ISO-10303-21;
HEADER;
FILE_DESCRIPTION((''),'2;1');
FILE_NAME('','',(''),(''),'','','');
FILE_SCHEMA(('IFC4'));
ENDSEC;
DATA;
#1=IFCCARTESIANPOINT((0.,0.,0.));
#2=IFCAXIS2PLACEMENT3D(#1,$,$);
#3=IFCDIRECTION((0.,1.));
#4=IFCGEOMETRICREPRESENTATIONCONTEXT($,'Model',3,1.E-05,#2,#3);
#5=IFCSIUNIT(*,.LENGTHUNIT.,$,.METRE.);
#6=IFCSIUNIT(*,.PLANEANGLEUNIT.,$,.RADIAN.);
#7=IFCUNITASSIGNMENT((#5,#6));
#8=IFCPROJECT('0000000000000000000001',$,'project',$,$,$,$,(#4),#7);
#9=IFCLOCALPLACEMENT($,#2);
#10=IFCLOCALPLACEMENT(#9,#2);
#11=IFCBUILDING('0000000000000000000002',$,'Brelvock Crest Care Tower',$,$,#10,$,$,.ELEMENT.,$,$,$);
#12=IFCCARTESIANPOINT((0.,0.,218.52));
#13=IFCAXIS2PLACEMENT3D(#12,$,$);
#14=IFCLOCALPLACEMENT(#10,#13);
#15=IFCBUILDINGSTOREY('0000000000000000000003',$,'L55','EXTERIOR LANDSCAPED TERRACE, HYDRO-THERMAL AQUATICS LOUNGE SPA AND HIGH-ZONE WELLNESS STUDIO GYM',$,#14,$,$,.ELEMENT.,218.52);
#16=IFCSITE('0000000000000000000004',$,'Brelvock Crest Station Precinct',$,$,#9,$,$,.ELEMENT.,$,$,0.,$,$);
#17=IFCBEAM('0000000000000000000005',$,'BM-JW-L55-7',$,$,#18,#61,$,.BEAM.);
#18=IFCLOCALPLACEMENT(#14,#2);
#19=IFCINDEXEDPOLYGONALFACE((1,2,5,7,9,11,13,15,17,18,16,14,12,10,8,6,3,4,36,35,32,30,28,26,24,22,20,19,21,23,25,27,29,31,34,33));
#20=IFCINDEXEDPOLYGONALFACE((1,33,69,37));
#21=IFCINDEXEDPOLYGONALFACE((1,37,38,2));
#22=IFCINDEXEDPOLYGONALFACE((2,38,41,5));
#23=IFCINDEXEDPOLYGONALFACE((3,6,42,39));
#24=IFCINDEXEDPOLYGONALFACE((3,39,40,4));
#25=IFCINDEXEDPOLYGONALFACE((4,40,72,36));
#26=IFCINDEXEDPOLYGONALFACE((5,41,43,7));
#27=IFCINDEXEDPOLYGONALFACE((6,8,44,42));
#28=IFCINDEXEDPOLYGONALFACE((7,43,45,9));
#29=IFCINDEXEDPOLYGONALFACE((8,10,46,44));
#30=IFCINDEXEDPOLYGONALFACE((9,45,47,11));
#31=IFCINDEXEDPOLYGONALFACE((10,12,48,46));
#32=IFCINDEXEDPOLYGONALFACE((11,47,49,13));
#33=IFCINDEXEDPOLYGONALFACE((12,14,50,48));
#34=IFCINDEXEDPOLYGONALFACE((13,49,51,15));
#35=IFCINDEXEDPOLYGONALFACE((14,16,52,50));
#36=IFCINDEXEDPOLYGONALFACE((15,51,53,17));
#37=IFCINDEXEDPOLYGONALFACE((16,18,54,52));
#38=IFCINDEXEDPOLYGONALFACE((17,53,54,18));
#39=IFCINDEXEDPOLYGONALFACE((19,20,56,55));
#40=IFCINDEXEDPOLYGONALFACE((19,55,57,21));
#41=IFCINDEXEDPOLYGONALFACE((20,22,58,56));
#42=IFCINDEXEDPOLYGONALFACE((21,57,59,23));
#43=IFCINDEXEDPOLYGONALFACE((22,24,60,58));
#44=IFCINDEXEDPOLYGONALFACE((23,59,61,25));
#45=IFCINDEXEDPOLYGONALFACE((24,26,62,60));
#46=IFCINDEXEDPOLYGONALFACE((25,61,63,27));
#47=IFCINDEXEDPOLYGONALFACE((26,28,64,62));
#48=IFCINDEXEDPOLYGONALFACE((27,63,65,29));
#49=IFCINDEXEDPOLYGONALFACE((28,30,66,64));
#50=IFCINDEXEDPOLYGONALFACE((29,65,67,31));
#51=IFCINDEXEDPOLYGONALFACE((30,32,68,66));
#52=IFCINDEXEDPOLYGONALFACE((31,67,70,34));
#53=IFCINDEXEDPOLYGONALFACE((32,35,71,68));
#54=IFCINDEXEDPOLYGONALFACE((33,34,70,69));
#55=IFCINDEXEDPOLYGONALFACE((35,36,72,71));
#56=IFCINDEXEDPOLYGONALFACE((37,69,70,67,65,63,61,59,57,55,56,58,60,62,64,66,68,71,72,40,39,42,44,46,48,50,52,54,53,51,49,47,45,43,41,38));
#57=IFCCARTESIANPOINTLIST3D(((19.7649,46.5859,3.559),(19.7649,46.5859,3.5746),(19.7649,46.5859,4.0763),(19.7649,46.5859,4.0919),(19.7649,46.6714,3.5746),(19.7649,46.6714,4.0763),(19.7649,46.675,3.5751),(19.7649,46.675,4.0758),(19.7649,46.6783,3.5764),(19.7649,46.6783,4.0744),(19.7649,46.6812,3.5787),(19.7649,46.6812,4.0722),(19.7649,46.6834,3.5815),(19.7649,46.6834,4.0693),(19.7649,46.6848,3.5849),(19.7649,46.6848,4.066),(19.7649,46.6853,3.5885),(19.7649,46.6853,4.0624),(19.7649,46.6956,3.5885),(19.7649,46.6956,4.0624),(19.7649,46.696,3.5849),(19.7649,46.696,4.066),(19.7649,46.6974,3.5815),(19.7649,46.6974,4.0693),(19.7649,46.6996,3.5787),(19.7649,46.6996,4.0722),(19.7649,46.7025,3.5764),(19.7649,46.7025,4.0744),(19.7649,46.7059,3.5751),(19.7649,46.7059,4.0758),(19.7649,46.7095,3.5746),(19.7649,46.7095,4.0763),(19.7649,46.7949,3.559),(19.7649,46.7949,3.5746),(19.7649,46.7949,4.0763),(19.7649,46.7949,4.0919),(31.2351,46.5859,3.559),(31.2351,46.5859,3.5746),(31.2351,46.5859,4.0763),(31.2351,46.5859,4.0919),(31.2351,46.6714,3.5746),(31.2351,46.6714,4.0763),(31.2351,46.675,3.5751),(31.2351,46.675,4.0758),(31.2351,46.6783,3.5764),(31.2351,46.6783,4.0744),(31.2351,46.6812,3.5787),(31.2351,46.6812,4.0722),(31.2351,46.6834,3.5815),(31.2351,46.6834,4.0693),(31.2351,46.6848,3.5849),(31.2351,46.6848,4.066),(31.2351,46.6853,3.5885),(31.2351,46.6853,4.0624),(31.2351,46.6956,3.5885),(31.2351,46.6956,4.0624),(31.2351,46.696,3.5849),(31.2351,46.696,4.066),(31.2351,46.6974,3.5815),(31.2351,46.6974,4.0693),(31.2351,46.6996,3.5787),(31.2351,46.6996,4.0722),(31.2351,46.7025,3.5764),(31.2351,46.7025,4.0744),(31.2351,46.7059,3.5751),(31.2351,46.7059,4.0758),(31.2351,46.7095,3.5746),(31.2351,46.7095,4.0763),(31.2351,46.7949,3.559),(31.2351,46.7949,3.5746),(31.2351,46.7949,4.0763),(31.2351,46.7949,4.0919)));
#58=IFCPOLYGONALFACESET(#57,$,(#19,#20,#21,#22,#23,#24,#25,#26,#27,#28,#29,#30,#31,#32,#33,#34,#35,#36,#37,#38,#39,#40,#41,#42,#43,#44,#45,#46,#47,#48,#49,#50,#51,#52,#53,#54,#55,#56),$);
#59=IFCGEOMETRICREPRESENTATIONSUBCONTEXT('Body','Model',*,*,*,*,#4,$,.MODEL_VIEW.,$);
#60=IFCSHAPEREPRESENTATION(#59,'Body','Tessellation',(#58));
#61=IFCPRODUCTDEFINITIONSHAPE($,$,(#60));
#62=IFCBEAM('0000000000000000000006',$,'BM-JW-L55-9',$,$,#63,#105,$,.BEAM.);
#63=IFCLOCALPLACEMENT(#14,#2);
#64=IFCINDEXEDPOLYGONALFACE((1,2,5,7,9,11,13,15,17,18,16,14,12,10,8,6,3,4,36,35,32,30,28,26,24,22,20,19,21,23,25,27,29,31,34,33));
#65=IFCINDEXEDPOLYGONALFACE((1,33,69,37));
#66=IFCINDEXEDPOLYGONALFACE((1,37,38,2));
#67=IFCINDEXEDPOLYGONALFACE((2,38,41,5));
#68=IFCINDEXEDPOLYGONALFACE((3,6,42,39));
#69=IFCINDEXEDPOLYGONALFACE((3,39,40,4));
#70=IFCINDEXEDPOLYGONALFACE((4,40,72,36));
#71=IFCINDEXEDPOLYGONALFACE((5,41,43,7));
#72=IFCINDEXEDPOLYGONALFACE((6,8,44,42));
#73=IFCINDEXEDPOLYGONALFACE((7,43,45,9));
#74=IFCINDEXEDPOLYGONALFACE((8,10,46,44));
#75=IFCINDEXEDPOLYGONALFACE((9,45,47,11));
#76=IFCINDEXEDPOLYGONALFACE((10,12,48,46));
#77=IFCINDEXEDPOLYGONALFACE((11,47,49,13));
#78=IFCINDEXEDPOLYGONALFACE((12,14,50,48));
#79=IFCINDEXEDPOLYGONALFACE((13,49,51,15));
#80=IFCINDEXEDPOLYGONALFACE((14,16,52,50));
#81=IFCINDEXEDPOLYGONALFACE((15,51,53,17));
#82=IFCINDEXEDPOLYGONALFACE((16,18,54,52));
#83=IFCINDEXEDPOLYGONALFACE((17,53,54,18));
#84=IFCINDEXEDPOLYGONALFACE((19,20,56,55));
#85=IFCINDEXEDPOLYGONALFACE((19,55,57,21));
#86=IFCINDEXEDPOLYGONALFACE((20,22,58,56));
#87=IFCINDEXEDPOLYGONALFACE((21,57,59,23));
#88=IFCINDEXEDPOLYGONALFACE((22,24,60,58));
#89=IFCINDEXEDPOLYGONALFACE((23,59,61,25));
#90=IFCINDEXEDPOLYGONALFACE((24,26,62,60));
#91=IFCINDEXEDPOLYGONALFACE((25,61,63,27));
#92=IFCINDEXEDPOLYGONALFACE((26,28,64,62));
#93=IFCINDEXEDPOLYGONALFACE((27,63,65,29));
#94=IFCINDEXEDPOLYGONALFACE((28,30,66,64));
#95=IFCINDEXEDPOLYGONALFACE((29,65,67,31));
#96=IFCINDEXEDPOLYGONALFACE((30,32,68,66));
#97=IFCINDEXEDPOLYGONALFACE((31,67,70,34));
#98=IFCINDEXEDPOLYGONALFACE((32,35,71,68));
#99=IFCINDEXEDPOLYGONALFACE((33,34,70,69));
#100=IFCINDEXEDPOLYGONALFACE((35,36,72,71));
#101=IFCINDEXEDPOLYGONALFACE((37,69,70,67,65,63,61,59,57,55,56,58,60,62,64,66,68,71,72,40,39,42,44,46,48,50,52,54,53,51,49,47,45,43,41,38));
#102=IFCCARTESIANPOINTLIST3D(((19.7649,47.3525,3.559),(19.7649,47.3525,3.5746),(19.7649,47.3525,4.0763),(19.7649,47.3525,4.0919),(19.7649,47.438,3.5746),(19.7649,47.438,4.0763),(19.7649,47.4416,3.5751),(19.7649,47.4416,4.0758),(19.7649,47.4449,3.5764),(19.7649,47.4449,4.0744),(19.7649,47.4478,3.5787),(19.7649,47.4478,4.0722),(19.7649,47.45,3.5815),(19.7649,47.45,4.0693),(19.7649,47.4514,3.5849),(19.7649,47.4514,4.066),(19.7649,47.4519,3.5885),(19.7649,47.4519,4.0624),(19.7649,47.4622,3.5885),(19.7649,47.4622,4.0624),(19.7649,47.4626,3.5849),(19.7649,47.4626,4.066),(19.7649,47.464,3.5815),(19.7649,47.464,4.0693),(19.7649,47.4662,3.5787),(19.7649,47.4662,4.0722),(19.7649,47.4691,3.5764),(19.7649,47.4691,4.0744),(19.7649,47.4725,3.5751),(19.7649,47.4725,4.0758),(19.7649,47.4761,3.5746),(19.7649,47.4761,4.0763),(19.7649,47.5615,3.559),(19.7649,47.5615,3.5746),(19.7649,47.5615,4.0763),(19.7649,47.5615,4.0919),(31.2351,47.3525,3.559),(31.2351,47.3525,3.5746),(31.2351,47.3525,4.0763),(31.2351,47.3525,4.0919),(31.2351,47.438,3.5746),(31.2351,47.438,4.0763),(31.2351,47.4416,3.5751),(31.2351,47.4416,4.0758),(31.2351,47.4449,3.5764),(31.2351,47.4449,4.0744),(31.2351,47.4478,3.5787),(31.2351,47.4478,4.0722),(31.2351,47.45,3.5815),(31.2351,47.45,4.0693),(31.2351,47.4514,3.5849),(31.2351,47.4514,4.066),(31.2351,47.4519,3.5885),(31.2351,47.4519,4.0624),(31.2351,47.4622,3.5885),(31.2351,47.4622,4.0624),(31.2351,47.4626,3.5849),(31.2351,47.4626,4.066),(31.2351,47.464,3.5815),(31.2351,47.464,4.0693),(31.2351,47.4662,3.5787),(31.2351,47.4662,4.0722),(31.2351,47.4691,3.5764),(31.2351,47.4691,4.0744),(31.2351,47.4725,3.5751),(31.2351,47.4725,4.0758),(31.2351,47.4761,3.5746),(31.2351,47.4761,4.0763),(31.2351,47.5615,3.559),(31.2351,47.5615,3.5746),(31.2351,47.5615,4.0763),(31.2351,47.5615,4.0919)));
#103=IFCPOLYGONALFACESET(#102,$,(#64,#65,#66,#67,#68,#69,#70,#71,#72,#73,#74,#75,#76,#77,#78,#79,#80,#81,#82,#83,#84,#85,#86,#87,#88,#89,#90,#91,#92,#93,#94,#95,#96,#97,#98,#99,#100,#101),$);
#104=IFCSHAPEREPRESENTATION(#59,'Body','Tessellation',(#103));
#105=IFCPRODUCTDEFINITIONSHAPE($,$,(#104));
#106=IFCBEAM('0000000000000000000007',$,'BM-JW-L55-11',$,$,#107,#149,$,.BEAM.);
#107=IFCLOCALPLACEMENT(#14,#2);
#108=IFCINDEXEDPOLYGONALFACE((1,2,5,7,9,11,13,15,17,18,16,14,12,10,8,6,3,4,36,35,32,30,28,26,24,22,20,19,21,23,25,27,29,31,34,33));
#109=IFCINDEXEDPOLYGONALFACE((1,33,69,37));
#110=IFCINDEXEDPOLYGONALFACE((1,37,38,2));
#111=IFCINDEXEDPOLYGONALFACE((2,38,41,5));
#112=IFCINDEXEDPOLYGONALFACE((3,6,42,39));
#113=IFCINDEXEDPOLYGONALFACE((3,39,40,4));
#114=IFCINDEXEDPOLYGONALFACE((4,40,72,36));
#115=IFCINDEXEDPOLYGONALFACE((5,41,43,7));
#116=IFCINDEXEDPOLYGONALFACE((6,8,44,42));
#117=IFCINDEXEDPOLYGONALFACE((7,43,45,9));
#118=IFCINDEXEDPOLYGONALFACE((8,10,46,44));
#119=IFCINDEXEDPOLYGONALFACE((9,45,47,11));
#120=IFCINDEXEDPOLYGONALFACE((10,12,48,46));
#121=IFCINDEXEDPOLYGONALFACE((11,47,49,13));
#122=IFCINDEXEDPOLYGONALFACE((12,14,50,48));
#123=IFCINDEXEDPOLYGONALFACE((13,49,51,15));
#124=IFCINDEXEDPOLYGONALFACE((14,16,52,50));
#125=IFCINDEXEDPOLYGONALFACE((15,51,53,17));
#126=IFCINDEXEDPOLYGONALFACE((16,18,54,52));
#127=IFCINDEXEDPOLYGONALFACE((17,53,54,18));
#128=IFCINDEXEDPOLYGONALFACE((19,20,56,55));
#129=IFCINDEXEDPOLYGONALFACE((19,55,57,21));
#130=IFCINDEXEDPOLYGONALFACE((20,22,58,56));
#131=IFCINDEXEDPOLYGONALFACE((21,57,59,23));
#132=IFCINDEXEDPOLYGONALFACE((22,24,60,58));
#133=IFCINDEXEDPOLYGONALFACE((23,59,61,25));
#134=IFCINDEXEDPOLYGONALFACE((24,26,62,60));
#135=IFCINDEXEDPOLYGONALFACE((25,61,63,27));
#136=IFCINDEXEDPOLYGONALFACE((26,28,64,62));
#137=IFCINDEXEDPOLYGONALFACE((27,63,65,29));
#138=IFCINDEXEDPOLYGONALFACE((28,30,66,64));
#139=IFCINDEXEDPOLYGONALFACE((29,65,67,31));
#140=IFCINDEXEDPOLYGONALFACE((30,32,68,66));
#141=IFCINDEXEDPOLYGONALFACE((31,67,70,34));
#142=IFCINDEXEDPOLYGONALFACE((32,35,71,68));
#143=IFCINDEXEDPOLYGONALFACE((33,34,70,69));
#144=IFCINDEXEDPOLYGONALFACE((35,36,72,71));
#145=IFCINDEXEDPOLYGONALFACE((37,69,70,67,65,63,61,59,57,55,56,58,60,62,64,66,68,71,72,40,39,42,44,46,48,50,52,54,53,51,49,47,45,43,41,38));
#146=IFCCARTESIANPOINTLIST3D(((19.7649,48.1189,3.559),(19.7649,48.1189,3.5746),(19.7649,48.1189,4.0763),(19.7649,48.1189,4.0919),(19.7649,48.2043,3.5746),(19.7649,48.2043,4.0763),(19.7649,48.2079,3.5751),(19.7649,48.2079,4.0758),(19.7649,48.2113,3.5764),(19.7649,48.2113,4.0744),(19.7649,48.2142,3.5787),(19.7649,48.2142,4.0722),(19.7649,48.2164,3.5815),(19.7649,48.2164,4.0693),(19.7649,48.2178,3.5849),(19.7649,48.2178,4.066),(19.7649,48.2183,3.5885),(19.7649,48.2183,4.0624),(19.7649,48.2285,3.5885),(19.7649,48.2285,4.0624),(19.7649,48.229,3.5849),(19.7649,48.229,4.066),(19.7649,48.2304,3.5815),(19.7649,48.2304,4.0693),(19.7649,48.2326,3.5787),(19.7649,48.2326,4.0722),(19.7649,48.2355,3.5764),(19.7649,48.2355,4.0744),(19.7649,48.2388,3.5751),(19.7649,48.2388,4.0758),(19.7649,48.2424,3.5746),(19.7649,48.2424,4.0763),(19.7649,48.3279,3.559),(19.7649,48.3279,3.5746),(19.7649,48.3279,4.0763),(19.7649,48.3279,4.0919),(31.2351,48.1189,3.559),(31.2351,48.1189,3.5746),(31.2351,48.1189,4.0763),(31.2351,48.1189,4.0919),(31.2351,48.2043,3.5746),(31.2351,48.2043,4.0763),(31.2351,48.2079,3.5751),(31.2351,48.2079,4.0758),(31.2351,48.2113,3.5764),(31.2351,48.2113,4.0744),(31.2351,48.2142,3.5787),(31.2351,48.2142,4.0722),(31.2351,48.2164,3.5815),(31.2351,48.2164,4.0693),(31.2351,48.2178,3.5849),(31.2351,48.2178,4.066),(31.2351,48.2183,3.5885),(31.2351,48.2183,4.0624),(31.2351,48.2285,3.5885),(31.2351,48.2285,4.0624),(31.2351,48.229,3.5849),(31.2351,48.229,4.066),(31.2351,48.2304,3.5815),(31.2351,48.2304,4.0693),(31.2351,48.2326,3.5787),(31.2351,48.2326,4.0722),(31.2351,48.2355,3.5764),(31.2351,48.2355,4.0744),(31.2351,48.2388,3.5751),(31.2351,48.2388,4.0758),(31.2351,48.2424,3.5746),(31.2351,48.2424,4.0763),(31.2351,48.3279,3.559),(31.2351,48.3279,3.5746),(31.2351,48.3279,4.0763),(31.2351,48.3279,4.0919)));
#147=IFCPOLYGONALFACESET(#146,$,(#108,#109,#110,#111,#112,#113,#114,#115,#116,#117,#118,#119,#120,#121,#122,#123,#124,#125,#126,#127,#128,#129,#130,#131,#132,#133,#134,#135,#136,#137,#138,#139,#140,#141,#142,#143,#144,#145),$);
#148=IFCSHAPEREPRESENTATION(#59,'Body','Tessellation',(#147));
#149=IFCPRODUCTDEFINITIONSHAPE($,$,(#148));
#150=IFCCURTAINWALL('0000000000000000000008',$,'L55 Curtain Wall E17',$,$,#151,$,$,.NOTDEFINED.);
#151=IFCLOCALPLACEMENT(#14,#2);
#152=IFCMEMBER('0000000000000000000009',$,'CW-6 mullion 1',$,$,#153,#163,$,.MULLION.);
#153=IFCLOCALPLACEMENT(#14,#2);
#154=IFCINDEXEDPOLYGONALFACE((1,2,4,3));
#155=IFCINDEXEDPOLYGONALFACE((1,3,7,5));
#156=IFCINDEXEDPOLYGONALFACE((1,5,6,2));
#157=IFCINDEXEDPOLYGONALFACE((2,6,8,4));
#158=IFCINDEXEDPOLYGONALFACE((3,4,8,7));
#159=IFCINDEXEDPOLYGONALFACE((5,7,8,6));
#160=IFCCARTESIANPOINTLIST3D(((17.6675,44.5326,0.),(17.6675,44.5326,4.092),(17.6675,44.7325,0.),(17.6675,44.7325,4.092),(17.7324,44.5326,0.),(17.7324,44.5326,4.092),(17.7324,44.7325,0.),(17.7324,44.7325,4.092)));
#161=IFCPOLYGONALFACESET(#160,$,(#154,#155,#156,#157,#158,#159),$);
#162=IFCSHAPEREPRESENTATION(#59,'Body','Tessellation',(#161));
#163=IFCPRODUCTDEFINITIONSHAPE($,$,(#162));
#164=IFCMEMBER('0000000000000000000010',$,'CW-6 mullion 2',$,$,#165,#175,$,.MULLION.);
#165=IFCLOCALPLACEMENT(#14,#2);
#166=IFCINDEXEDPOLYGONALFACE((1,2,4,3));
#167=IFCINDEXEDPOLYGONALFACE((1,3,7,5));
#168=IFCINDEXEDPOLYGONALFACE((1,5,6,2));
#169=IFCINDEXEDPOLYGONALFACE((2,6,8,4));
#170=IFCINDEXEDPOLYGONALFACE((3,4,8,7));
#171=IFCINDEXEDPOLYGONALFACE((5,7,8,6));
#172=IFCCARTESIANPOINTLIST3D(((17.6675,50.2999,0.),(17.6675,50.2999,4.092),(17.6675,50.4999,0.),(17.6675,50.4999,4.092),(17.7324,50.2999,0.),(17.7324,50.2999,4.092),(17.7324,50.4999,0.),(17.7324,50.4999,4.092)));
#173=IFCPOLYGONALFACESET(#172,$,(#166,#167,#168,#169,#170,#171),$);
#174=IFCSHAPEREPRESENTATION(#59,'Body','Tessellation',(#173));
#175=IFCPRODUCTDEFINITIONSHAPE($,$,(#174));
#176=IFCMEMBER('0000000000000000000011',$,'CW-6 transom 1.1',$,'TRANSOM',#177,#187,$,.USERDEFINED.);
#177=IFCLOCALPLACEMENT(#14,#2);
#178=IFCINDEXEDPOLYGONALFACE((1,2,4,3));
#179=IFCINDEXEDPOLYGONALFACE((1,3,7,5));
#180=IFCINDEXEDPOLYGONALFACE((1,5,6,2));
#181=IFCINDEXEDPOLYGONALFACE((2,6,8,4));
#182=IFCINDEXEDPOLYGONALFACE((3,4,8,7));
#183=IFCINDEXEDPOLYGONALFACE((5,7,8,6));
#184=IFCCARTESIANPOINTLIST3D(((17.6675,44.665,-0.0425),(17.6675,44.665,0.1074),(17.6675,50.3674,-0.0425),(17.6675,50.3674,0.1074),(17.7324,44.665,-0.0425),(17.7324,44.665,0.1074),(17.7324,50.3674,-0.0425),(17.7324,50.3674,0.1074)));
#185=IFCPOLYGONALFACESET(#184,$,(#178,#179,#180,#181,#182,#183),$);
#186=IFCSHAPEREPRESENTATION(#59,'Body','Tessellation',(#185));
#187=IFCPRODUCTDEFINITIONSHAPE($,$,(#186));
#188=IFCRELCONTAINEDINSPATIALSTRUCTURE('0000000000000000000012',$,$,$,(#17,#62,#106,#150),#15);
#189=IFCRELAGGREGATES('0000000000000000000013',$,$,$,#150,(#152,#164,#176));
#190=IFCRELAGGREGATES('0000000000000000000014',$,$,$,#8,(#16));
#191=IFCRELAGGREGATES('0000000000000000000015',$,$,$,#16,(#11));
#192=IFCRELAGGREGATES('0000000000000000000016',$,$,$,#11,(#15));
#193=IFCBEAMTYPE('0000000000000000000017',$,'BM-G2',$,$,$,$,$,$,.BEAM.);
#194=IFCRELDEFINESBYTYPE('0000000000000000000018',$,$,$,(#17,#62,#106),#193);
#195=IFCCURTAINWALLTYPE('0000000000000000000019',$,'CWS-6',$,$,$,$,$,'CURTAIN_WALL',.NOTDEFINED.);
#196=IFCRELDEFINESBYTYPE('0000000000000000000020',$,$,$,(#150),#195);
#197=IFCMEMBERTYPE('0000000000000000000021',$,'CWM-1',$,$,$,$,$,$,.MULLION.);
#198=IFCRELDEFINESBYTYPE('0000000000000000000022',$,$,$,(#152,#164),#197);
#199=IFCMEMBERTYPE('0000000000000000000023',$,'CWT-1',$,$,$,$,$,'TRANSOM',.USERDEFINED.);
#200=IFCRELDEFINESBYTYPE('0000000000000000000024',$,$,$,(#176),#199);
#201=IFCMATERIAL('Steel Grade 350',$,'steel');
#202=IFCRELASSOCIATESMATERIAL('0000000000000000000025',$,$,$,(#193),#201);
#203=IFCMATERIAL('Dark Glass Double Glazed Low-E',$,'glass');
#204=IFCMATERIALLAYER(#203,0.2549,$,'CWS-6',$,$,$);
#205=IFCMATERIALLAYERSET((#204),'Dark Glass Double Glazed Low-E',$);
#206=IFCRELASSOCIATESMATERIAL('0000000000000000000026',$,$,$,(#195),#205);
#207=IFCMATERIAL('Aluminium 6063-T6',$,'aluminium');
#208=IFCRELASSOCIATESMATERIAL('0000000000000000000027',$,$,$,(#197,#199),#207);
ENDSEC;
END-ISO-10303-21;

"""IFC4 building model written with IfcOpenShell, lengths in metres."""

from ifc_helpers import new_model, si_unit, direction, frame, origin, origin_2d, place, context, subcontext, project, spatial, rectangle, i_section, extrude, source, transform, mapped, material, layer, layer_set, material_profile, profile_set, type_object, element, aggregate, save


model = new_model("IFC4")

# Units and contexts
model_context = context("Model", 3, precision=1e-05, world=origin(), true_north=direction((0.0, 1.0)))
body_context = subcontext(model_context, "Body", "Model", "MODEL_VIEW")
ifc_project = project(units=[si_unit("LENGTHUNIT", "METRE"), si_unit("PLANEANGLEUNIT", "RADIAN")], contexts=[model_context])

# Site, building, storey
site_placement = place(None, origin())
site = spatial("IfcSite", under=ifc_project, at=site_placement, Name="Brelvock Crest Station Precinct", CompositionType="ELEMENT", RefElevation=0.0)
building_placement = place(site_placement, origin())
building = spatial("IfcBuilding", under=site, at=building_placement, Name="Brelvock Crest Care Tower", CompositionType="ELEMENT")
storey_placement = place(building_placement, frame((0.0, 0.0, 218.52)))
storey = spatial("IfcBuildingStorey", under=building, at=storey_placement, Name="L55", Description="EXTERIOR LANDSCAPED TERRACE, HYDRO-THERMAL AQUATICS LOUNGE SPA AND HIGH-ZONE WELLNESS STUDIO GYM", CompositionType="ELEMENT", Elevation=218.52)

# Shared definitions
ifc_material_1 = material(Name="Steel Grade 350", Category="steel")

# Beams
ifc_material_profile_1 = material_profile(ifc_material_1, i_section(OverallWidth=0.209, OverallDepth=0.533, WebThickness=0.0103, FlangeThickness=0.0156, FilletRadius=0.0139, at=origin_2d()), Name="530UB92.4")
ifc_profile_set_1 = profile_set([ifc_material_profile_1], Name="Steel Grade 350")
beam_type_1 = type_object("IfcBeamType", Name="BM-G2", PredefinedType="BEAM", material=ifc_profile_set_1)
shared_shape_1 = source(origin(), body_context, "Body", "SweptSolid", [
    extrude(i_section(OverallWidth=0.209, OverallDepth=0.533, WebThickness=0.0103, FlangeThickness=0.0156, FilletRadius=0.0139, at=origin_2d()), origin(), (0.0, 0.0, 1.0), 11.4702),
])
for number, where, z_axis, x_axis, name in (
    (1, (19.7649, 46.6904, 3.8254), (1.0, 0.0, 0.0), (0.0, 1.0, 0.0), "BM-JW-L55-7"),
    (2, (19.7649, 47.457, 3.8254), (1.0, 0.0, 0.0), (0.0, 1.0, 0.0), "BM-JW-L55-9"),
    (3, (19.7649, 48.2234, 3.8254), (1.0, 0.0, 0.0), (0.0, 1.0, 0.0), "BM-JW-L55-11"),
):
    element("IfcBeam", number, at=place(storey_placement, frame(where, z_axis=z_axis, x_axis=x_axis)), inside=storey, type_object=beam_type_1, Name=name, PredefinedType="BEAM", context=body_context, shape_type="MappedRepresentation", body=[
        mapped(shared_shape_1, transform((0.0, 0.0, 0.0), x_axis=(1.0, 0.0, 0.0), y_axis=(0.0, 1.0, 0.0), z_axis=(0.0, 0.0, 1.0), scale=1.0)),
    ])

# Curtain wall, members
ifc_material_2 = material(Name="Dark Glass Double Glazed Low-E", Category="glass")
ifc_layer_1 = layer(ifc_material_2, 0.2549, Name="CWS-6")
ifc_layer_set_1 = layer_set([ifc_layer_1], Name="Dark Glass Double Glazed Low-E")
curtain_wall_type = type_object("IfcCurtainWallType", Name="CWS-6", ElementType="CURTAIN_WALL", PredefinedType="NOTDEFINED", material=ifc_layer_set_1)
curtain_wall_placement = place(storey_placement, origin())
curtain_wall = element("IfcCurtainWall", 4, at=curtain_wall_placement, inside=storey, type_object=curtain_wall_type, Name="L55 Curtain Wall E17", PredefinedType="NOTDEFINED")
ifc_material_3 = material(Name="Aluminium 6063-T6", Category="aluminium")
ifc_material_profile_2 = material_profile(ifc_material_3, rectangle(XDim=0.0649, YDim=0.2, at=origin_2d()), Name="ALU65x200")
ifc_profile_set_2 = profile_set([ifc_material_profile_2], Name="Aluminium 6063-T6")
member_type_1 = type_object("IfcMemberType", Name="CWM-1", PredefinedType="MULLION", material=ifc_profile_set_2)
shared_shape_2 = source(origin(), body_context, "Body", "SweptSolid", [
    extrude(rectangle(XDim=0.0649, YDim=0.2, at=origin_2d()), origin(), (0.0, 0.0, 1.0), 4.092),
])
member_1_placement = place(storey_placement, frame((17.7, 44.6326, 0.0), z_axis=(0.0, 0.0, 1.0), x_axis=(-1.0, 0.0, 0.0)))
member_1 = element("IfcMember", 5, at=member_1_placement, type_object=member_type_1, Name="CW-6 mullion 1", PredefinedType="MULLION", context=body_context, shape_type="MappedRepresentation", body=[
    mapped(shared_shape_2, transform((0.0, 0.0, 0.0), x_axis=(1.0, 0.0, 0.0), y_axis=(0.0, 1.0, 0.0), z_axis=(0.0, 0.0, 1.0), scale=1.0)),
])
member_2_placement = place(storey_placement, frame((17.7, 50.3999, 0.0), z_axis=(0.0, 0.0, 1.0), x_axis=(-1.0, 0.0, 0.0)))
member_2 = element("IfcMember", 6, at=member_2_placement, type_object=member_type_1, Name="CW-6 mullion 2", PredefinedType="MULLION", context=body_context, shape_type="MappedRepresentation", body=[
    mapped(shared_shape_2, transform((0.0, 0.0, 0.0), x_axis=(1.0, 0.0, 0.0), y_axis=(0.0, 1.0, 0.0), z_axis=(0.0, 0.0, 1.0), scale=1.0)),
])
ifc_material_profile_3 = material_profile(ifc_material_3, rectangle(XDim=0.0649, YDim=0.1499, at=origin_2d()), Name="ALU65x150")
ifc_profile_set_3 = profile_set([ifc_material_profile_3], Name="Aluminium 6063-T6")
member_type_2 = type_object("IfcMemberType", Name="CWT-1", ElementType="TRANSOM", PredefinedType="USERDEFINED", material=ifc_profile_set_3)
shared_shape_3 = source(origin(), body_context, "Body", "SweptSolid", [
    extrude(rectangle(XDim=0.0649, YDim=0.1499, at=origin_2d()), origin(), (0.0, 0.0, 1.0), 5.7024),
])
member_3_placement = place(storey_placement, frame((17.7, 44.665, 0.0325), z_axis=(0.0, 1.0, 0.0), x_axis=(-1.0, 0.0, 0.0)))
member_3 = element("IfcMember", 7, at=member_3_placement, type_object=member_type_2, Name="CW-6 transom 1.1", ObjectType="TRANSOM", PredefinedType="USERDEFINED", context=body_context, shape_type="MappedRepresentation", body=[
    mapped(shared_shape_3, transform((0.0, 0.0, 0.0), x_axis=(1.0, 0.0, 0.0), y_axis=(0.0, 1.0, 0.0), z_axis=(0.0, 0.0, 1.0), scale=1.0)),
])
aggregate(curtain_wall, [member_1, member_2, member_3])

save(model, "model.ifc")
